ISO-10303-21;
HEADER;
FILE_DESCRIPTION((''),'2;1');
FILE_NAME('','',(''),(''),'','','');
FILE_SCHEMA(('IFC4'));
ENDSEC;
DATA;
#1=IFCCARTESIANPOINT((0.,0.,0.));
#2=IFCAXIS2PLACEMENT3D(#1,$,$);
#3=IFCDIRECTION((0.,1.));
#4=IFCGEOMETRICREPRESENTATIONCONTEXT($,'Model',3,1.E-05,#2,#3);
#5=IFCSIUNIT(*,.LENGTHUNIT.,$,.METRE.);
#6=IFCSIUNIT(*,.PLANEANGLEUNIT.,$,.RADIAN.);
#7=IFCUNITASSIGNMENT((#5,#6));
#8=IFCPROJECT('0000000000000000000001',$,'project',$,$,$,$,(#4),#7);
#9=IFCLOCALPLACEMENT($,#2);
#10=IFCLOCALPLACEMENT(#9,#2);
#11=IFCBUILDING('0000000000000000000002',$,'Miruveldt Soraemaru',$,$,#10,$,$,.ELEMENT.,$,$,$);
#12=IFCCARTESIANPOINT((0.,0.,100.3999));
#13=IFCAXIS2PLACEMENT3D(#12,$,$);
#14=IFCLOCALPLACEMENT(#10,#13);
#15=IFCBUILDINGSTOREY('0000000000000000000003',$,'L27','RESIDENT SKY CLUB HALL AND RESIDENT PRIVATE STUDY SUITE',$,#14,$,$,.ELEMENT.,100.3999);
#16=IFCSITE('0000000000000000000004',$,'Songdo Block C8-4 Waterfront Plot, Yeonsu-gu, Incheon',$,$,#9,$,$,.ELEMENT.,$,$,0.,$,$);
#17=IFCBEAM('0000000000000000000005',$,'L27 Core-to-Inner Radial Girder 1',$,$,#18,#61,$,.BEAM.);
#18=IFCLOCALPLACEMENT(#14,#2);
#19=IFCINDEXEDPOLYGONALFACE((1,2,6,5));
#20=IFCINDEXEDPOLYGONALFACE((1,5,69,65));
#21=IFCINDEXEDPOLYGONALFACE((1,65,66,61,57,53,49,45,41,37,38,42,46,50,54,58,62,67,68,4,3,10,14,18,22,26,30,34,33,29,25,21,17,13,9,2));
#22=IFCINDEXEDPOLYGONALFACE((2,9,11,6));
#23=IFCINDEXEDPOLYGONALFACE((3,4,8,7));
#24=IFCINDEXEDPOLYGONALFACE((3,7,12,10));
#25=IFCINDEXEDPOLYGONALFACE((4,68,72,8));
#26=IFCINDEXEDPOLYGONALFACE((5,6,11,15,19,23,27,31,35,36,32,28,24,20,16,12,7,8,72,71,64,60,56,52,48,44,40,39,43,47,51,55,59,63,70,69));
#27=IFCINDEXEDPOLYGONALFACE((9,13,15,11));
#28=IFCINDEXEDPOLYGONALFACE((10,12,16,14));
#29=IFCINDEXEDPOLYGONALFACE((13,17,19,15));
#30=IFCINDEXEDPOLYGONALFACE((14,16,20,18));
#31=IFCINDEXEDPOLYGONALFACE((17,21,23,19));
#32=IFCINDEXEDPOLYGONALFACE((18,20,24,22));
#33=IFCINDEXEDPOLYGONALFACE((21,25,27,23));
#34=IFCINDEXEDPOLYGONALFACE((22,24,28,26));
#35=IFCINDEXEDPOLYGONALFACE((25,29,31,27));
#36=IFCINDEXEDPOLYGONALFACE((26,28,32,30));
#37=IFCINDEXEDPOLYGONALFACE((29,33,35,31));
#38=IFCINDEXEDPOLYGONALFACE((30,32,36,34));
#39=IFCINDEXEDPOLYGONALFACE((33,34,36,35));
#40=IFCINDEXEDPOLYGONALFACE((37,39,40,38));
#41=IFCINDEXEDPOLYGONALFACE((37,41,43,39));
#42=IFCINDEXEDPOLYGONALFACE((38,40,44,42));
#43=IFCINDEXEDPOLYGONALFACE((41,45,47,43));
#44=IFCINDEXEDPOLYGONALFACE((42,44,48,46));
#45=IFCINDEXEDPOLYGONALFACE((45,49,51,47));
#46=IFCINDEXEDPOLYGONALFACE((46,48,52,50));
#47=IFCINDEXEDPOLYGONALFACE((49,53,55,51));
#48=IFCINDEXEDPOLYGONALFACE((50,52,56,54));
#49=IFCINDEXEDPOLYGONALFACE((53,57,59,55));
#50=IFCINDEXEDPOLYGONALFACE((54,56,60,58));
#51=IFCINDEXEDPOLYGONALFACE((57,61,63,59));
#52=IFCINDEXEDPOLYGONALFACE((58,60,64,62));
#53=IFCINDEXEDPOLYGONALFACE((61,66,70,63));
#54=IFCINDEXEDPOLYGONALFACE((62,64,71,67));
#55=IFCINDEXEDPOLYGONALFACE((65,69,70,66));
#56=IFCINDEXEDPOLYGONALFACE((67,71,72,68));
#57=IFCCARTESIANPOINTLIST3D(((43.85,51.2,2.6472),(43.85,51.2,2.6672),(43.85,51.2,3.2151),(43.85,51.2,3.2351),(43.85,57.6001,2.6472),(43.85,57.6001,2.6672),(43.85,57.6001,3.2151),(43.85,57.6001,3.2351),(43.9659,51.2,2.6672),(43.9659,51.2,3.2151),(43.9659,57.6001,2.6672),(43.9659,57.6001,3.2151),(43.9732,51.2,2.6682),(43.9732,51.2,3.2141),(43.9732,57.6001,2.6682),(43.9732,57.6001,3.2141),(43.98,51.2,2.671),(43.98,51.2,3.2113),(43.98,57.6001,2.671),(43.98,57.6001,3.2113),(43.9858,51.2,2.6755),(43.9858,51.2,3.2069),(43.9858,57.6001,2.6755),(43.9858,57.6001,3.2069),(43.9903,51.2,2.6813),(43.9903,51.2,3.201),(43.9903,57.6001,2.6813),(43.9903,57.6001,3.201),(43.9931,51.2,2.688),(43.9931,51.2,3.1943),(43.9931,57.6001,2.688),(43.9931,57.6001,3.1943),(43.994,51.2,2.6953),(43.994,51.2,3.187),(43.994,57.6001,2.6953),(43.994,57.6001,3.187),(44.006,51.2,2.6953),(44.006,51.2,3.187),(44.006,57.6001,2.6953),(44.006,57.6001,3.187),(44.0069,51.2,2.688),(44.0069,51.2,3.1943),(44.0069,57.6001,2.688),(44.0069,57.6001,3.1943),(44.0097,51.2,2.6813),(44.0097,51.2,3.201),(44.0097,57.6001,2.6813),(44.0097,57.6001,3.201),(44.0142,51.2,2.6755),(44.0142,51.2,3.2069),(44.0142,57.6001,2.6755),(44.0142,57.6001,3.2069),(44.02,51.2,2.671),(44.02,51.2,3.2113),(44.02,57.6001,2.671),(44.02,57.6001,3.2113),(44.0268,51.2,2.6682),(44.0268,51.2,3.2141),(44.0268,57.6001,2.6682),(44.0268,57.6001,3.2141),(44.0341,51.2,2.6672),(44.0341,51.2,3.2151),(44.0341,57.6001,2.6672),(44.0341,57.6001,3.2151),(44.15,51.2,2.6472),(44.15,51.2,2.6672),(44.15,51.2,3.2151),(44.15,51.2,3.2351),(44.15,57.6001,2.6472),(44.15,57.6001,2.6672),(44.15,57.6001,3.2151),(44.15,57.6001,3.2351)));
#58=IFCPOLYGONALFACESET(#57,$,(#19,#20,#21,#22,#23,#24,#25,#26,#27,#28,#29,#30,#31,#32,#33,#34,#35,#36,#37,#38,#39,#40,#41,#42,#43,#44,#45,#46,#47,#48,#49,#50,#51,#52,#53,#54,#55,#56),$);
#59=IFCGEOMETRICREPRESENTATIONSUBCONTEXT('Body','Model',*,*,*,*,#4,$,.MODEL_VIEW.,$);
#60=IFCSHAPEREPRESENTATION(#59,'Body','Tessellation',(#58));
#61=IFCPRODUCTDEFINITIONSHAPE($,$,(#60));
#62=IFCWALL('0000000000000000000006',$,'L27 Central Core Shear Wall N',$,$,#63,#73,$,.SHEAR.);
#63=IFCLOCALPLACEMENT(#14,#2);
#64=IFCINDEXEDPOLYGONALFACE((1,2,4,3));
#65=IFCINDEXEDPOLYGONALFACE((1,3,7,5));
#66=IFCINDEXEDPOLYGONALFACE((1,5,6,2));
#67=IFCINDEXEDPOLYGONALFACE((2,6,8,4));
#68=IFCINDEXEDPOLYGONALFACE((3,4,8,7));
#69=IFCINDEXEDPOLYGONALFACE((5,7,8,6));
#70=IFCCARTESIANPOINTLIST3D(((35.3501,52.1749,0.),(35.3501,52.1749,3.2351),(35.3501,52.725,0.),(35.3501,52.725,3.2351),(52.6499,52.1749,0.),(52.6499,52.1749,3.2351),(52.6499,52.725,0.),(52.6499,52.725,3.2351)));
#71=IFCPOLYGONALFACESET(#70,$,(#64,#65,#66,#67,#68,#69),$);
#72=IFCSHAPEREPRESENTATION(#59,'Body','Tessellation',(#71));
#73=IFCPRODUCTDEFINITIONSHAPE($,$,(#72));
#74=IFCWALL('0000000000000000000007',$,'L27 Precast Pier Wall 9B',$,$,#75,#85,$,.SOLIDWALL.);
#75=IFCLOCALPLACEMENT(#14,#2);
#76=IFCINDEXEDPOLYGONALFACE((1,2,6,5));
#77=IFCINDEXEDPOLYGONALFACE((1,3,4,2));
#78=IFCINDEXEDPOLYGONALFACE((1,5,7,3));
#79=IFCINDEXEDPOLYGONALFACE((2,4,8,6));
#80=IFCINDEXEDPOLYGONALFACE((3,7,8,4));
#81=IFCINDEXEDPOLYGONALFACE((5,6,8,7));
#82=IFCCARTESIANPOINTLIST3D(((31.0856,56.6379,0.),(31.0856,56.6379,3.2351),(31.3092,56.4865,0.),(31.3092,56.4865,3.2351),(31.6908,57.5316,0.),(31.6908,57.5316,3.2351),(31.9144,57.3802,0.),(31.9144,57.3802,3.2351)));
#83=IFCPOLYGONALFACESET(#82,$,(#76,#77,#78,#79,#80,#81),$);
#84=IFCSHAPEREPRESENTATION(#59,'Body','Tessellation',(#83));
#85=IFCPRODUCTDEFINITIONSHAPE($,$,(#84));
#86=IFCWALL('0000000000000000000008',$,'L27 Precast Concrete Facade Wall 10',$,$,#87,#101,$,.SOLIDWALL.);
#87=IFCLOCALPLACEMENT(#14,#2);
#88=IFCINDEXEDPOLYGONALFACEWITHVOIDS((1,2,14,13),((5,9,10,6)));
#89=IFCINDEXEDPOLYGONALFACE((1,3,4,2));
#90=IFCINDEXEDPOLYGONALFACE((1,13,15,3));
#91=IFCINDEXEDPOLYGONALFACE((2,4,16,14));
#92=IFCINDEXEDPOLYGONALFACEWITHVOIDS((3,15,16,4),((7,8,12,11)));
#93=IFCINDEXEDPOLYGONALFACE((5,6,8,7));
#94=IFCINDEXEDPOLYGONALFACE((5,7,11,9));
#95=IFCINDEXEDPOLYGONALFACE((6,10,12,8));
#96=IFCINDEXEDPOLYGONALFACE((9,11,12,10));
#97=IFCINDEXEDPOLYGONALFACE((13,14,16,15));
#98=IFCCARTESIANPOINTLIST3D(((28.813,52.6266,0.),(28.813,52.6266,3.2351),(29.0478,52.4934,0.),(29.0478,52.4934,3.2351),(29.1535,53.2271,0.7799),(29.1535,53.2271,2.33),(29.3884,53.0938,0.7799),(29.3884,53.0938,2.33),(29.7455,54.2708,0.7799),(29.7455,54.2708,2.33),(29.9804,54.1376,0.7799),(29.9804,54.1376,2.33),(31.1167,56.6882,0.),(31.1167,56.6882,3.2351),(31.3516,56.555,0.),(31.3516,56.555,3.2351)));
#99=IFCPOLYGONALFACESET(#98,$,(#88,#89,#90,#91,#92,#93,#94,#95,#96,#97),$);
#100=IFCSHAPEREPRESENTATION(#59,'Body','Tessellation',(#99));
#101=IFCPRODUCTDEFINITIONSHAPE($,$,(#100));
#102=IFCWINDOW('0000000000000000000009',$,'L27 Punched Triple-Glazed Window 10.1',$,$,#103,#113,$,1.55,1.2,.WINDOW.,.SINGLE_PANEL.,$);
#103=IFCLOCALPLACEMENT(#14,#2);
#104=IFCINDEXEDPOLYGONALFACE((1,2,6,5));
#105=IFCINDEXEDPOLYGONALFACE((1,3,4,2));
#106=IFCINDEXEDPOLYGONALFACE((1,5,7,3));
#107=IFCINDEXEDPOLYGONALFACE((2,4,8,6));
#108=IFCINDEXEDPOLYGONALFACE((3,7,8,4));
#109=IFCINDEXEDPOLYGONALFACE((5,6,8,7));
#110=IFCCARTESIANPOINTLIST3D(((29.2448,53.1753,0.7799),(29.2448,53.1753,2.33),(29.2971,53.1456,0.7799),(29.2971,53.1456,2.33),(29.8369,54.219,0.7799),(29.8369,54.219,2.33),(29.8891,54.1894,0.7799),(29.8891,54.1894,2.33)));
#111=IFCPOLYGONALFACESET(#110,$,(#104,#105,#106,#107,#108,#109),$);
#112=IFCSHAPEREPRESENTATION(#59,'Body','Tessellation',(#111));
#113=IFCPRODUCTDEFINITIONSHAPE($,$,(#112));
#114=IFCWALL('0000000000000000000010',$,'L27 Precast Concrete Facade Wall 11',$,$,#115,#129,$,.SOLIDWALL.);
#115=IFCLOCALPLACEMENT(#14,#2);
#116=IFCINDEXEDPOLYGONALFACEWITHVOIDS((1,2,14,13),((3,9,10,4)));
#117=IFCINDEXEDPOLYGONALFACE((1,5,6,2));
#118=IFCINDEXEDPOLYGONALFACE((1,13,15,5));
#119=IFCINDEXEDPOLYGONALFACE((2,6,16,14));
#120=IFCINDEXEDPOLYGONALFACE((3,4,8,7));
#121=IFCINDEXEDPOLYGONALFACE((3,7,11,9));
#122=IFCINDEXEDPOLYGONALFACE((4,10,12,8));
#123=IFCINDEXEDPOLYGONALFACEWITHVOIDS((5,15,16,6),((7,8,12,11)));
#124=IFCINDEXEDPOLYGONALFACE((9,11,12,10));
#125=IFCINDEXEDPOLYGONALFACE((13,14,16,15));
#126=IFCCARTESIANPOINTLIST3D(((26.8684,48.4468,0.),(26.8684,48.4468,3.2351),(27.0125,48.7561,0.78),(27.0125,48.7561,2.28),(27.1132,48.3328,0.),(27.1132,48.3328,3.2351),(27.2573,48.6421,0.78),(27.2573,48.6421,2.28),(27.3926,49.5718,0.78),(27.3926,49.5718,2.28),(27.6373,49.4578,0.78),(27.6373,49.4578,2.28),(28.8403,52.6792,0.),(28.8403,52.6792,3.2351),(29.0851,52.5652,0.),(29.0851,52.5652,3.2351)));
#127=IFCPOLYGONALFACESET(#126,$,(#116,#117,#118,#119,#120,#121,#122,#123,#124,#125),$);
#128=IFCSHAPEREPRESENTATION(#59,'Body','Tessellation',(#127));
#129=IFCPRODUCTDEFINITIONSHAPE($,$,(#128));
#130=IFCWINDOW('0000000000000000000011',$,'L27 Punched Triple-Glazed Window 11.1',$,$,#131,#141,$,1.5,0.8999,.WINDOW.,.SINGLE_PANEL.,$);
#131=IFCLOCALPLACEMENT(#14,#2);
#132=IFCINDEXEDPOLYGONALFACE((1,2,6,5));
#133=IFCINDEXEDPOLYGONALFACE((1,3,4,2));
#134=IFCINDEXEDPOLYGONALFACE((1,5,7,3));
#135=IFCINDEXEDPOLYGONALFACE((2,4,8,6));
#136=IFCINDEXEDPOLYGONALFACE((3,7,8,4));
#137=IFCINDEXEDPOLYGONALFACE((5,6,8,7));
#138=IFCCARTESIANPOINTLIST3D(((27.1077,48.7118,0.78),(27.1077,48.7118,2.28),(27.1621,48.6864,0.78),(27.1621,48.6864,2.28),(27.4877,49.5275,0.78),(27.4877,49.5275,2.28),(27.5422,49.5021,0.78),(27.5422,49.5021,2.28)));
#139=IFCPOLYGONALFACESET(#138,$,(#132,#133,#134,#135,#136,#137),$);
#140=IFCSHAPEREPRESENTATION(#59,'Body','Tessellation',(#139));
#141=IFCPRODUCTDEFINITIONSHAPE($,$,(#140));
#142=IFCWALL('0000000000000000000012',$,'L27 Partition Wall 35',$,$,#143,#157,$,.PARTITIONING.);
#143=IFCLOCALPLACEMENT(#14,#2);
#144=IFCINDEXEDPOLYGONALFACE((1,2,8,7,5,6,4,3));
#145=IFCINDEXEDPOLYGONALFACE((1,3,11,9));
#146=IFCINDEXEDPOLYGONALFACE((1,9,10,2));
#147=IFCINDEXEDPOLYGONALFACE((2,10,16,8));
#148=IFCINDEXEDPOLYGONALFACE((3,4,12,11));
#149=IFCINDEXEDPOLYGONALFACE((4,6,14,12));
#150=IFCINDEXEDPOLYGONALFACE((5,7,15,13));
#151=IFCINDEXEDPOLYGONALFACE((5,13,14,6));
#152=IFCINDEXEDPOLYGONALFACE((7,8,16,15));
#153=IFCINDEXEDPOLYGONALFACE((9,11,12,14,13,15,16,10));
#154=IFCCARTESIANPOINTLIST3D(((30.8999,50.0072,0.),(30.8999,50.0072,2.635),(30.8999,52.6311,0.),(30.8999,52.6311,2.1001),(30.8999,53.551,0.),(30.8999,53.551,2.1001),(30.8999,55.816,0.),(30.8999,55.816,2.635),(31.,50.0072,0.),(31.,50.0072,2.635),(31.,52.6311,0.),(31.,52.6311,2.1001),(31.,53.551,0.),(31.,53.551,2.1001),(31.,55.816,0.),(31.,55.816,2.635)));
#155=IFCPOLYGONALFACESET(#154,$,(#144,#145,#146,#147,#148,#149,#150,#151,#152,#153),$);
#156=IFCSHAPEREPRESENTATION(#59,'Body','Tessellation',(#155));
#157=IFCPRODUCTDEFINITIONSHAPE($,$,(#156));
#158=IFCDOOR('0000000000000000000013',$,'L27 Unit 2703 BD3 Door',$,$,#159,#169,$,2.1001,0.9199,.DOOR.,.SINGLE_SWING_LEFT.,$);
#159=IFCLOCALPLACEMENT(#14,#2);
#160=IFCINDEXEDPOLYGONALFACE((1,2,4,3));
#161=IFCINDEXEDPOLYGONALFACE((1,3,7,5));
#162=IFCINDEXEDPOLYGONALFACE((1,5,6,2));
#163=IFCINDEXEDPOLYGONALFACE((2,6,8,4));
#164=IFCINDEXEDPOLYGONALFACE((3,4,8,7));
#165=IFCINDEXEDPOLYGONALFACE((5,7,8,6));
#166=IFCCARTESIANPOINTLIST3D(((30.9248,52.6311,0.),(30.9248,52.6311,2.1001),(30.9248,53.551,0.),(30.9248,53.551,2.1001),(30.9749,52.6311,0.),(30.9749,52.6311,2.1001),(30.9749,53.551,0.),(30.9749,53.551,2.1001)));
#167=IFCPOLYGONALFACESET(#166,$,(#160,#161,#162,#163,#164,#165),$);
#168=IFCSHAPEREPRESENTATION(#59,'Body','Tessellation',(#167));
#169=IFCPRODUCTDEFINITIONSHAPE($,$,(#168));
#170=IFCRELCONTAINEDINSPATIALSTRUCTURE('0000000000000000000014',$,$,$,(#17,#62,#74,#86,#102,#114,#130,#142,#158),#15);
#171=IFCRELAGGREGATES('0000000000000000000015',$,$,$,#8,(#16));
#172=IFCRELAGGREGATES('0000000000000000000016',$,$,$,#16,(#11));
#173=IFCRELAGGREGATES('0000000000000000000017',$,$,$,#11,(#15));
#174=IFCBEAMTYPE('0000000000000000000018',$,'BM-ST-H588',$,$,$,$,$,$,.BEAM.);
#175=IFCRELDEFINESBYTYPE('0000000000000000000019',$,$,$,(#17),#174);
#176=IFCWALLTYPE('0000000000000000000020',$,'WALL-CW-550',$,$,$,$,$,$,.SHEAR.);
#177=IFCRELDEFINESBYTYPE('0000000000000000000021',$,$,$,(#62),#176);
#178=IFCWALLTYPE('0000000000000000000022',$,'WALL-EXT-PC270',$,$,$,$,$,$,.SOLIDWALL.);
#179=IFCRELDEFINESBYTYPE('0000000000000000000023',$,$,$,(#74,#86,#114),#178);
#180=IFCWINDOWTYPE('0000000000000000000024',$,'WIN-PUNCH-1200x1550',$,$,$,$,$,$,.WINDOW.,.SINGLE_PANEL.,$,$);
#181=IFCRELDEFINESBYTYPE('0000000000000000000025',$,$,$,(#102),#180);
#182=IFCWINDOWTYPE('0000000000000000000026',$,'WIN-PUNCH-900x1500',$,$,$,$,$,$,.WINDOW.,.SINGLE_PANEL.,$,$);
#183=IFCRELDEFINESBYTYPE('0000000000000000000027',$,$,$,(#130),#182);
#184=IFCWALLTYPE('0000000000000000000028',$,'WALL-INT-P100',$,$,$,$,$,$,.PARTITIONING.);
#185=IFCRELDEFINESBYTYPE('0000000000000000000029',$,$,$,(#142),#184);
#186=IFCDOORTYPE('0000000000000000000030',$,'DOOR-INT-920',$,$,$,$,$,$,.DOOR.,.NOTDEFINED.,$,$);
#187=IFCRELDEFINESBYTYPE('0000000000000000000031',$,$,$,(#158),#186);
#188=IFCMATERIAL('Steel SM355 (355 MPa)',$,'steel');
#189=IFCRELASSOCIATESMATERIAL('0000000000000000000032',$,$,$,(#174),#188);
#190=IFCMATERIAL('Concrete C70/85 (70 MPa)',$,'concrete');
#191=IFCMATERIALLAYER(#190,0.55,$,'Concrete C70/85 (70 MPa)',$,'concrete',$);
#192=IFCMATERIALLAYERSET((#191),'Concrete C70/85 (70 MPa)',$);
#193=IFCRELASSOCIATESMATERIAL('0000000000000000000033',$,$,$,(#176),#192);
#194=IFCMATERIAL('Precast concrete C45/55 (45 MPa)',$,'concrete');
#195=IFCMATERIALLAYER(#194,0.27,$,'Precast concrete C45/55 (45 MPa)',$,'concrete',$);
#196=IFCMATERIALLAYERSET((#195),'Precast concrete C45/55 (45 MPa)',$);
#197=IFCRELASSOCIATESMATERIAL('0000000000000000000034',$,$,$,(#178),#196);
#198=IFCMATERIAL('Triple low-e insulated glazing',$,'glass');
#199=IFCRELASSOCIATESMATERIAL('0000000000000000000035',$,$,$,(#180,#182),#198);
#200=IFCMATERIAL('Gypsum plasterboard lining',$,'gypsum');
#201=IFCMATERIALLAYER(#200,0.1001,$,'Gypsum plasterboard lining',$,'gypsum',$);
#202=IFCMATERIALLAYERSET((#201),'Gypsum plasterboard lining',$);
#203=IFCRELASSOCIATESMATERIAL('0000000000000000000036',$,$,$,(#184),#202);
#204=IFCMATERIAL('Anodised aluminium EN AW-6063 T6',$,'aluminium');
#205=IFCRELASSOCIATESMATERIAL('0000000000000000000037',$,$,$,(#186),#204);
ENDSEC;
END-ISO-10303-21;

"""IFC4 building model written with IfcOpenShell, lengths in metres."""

from ifc_helpers import new_model, si_unit, direction, frame, frame_2d, origin, origin_2d, place, context, subcontext, project, spatial, rectangle, i_section, extrude, material, layer, layer_set, material_profile, profile_set, type_object, element, fill, save


model = new_model("IFC4")

# Units and contexts
model_context = context("Model", 3, precision=1e-05, world=origin(), true_north=direction((0.0, 1.0)))
body_context = subcontext(model_context, "Body", "Model", "MODEL_VIEW")
ifc_project = project(units=[si_unit("LENGTHUNIT", "METRE"), si_unit("PLANEANGLEUNIT", "RADIAN")], contexts=[model_context])

# Site, building, storey
site_placement = place(None, origin())
site = spatial("IfcSite", under=ifc_project, at=site_placement, Name="Songdo Block C8-4 Waterfront Plot, Yeonsu-gu, Incheon", CompositionType="ELEMENT", RefElevation=0.0)
building_placement = place(site_placement, origin())
building = spatial("IfcBuilding", under=site, at=building_placement, Name="Miruveldt Soraemaru", CompositionType="ELEMENT")
storey_placement = place(building_placement, frame((0.0, 0.0, 100.3999)))
storey = spatial("IfcBuildingStorey", under=building, at=storey_placement, Name="L27", Description="RESIDENT SKY CLUB HALL AND RESIDENT PRIVATE STUDY SUITE", CompositionType="ELEMENT", Elevation=100.3999)

# Shared definitions
ifc_material_1 = material(Name="Concrete C70/85 (70 MPa)", Category="concrete")

# Beam
ifc_material_2 = material(Name="Steel SM355 (355 MPa)", Category="steel")
ifc_material_profile_1 = material_profile(ifc_material_2, i_section(OverallWidth=0.3, OverallDepth=0.5879, WebThickness=0.012, FlangeThickness=0.02, FilletRadius=0.0281, at=origin_2d()), Name="Steel SM355 (355 MPa)", Category="steel")
ifc_profile_set_1 = profile_set([ifc_material_profile_1], Name="Steel SM355 (355 MPa)")
beam_type_1 = type_object("IfcBeamType", Name="BM-ST-H588", PredefinedType="BEAM", material=ifc_profile_set_1)
beam_1_placement = place(storey_placement, frame((44.0, 51.2, 2.9412), z_axis=(0.0, 1.0, 0.0), x_axis=(-1.0, 0.0, 0.0)))
element("IfcBeam", 1, at=beam_1_placement, inside=storey, type_object=beam_type_1, Name="L27 Core-to-Inner Radial Girder 1", PredefinedType="BEAM", context=body_context, shape_type="SweptSolid", body=[
    extrude(i_section(OverallWidth=0.3, OverallDepth=0.5879, WebThickness=0.012, FlangeThickness=0.02, FilletRadius=0.0281, at=origin_2d()), origin(), (0.0, 0.0, 1.0), 6.4001),
])

# Walls
ifc_layer_1 = layer(ifc_material_1, 0.55, Name="Concrete C70/85 (70 MPa)", Category="concrete")
ifc_layer_set_1 = layer_set([ifc_layer_1], Name="Concrete C70/85 (70 MPa)")
wall_type_1 = type_object("IfcWallType", Name="WALL-CW-550", PredefinedType="SHEAR", material=ifc_layer_set_1)
wall_1_placement = place(storey_placement, frame((35.3501, 52.45, 0.0), z_axis=(0.0, 0.0, 1.0), x_axis=(1.0, 0.0, 0.0)))
element("IfcWall", 2, at=wall_1_placement, inside=storey, type_object=wall_type_1, Name="L27 Central Core Shear Wall N", PredefinedType="SHEAR", context=body_context, shape_type="SweptSolid", body=[
    extrude(rectangle(XDim=17.2998, YDim=0.55, at=frame_2d((8.6499, 0.0))), origin(), (0.0, 0.0, 1.0), 3.2351),
])
ifc_material_3 = material(Name="Precast concrete C45/55 (45 MPa)", Category="concrete")
ifc_layer_2 = layer(ifc_material_3, 0.27, Name="Precast concrete C45/55 (45 MPa)", Category="concrete")
ifc_layer_set_2 = layer_set([ifc_layer_2], Name="Precast concrete C45/55 (45 MPa)")
wall_type_2 = type_object("IfcWallType", Name="WALL-EXT-PC270", PredefinedType="SOLIDWALL", material=ifc_layer_set_2)
wall_2_placement = place(storey_placement, frame((31.8025, 57.4558, 0.0), z_axis=(0.0, 0.0, 1.0), x_axis=(-0.560688, -0.828027, 0.0)))
element("IfcWall", 3, at=wall_2_placement, inside=storey, type_object=wall_type_2, Name="L27 Precast Pier Wall 9B", PredefinedType="SOLIDWALL", context=body_context, shape_type="SweptSolid", body=[
    extrude(rectangle(XDim=1.0793, YDim=0.27, at=frame_2d((0.5396, 0.0))), origin(), (0.0, 0.0, 1.0), 3.2351),
])

# Walls, openings, windows
wall_3_placement = place(storey_placement, frame((31.2341, 56.6216, 0.0), z_axis=(0.0, 0.0, 1.0), x_axis=(-0.493366, -0.869822, 0.0)))
wall_3 = element("IfcWall", 4, at=wall_3_placement, inside=storey, type_object=wall_type_2, Name="L27 Precast Concrete Facade Wall 10", PredefinedType="SOLIDWALL", context=body_context, shape_type="SweptSolid", body=[
    extrude(rectangle(XDim=4.6694, YDim=0.27, at=frame_2d((2.3347, 0.0))), origin(), (0.0, 0.0, 1.0), 3.2351),
])
opening_1_placement = place(wall_3_placement, frame((2.7791, 0.0, 0.78)))
opening_1 = element("IfcOpeningElement", 5, at=opening_1_placement, cuts=wall_3, PredefinedType="OPENING", context=body_context, shape_type="SweptSolid", body=[
    extrude(rectangle(XDim=1.2, YDim=1.55, at=frame_2d((0.6001, 0.7749))), frame((0.0, 0.145, 0.0), z_axis=(0.0, -1.0, 0.0), x_axis=(1.0, 0.0, 0.0)), (0.0, 0.0, 1.0), 0.29),
])
ifc_material_4 = material(Name="Triple low-e insulated glazing", Category="glass")
window_type_1 = type_object("IfcWindowType", Name="WIN-PUNCH-1200x1550", PartitioningType="SINGLE_PANEL", PredefinedType="WINDOW", material=ifc_material_4)
window_1_placement = place(opening_1_placement, origin())
window_1 = element("IfcWindow", 6, at=window_1_placement, inside=storey, type_object=window_type_1, Name="L27 Punched Triple-Glazed Window 10.1", OverallHeight=1.55, OverallWidth=1.2, PartitioningType="SINGLE_PANEL", PredefinedType="WINDOW", context=body_context, shape_type="SweptSolid", body=[
    extrude(rectangle(XDim=1.2, YDim=1.55, at=frame_2d((0.6001, 0.7749))), frame((0.0, 0.03, 0.0), z_axis=(0.0, -1.0, 0.0), x_axis=(1.0, 0.0, 0.0)), (0.0, 0.0, 1.0), 0.0601),
])
fill(opening_1, window_1)
wall_4_placement = place(storey_placement, frame((28.9626, 52.6221, 0.0), z_axis=(0.0, 0.0, 1.0), x_axis=(-0.422321, -0.906446, 0.0)))
wall_4 = element("IfcWall", 7, at=wall_4_placement, inside=storey, type_object=wall_type_2, Name="L27 Precast Concrete Facade Wall 11", PredefinedType="SOLIDWALL", context=body_context, shape_type="SweptSolid", body=[
    extrude(rectangle(XDim=4.6692, YDim=0.27, at=frame_2d((2.3345, 0.0))), origin(), (0.0, 0.0, 1.0), 3.2351),
])
opening_2_placement = place(wall_4_placement, frame((3.428, 0.0, 0.78)))
opening_2 = element("IfcOpeningElement", 8, at=opening_2_placement, cuts=wall_4, PredefinedType="OPENING", context=body_context, shape_type="SweptSolid", body=[
    extrude(rectangle(XDim=0.8999, YDim=1.5, at=frame_2d((0.45, 0.75))), frame((0.0, 0.145, 0.0), z_axis=(0.0, -1.0, 0.0), x_axis=(1.0, 0.0, 0.0)), (0.0, 0.0, 1.0), 0.29),
])
window_type_2 = type_object("IfcWindowType", Name="WIN-PUNCH-900x1500", PartitioningType="SINGLE_PANEL", PredefinedType="WINDOW", material=ifc_material_4)
window_2_placement = place(opening_2_placement, origin())
window_2 = element("IfcWindow", 9, at=window_2_placement, inside=storey, type_object=window_type_2, Name="L27 Punched Triple-Glazed Window 11.1", OverallHeight=1.5, OverallWidth=0.8999, PartitioningType="SINGLE_PANEL", PredefinedType="WINDOW", context=body_context, shape_type="SweptSolid", body=[
    extrude(rectangle(XDim=0.8999, YDim=1.5, at=frame_2d((0.45, 0.75))), frame((0.0, 0.03, 0.0), z_axis=(0.0, -1.0, 0.0), x_axis=(1.0, 0.0, 0.0)), (0.0, 0.0, 1.0), 0.0601),
])
fill(opening_2, window_2)

# Wall, opening, door
ifc_material_5 = material(Name="Gypsum plasterboard lining", Category="gypsum")
ifc_layer_3 = layer(ifc_material_5, 0.1001, Name="Gypsum plasterboard lining", Category="gypsum")
ifc_layer_set_3 = layer_set([ifc_layer_3], Name="Gypsum plasterboard lining")
wall_type_3 = type_object("IfcWallType", Name="WALL-INT-P100", PredefinedType="PARTITIONING", material=ifc_layer_set_3)
wall_5_placement = place(storey_placement, frame((30.95, 55.8159, 0.0), z_axis=(0.0, 0.0, 1.0), x_axis=(0.0, -1.0, 0.0)))
wall_5 = element("IfcWall", 10, at=wall_5_placement, inside=storey, type_object=wall_type_3, Name="L27 Partition Wall 35", PredefinedType="PARTITIONING", context=body_context, shape_type="SweptSolid", body=[
    extrude(rectangle(XDim=5.8088, YDim=0.1001, at=frame_2d((2.9043, 0.0))), origin(), (0.0, 0.0, 1.0), 2.635),
])
opening_3_placement = place(wall_5_placement, frame((2.2649, 0.0, 0.0)))
opening_3 = element("IfcOpeningElement", 11, at=opening_3_placement, cuts=wall_5, PredefinedType="OPENING", context=body_context, shape_type="SweptSolid", body=[
    extrude(rectangle(XDim=0.9199, YDim=2.1001, at=frame_2d((0.46, 1.05))), frame((0.0, 0.0601, 0.0), z_axis=(0.0, -1.0, 0.0), x_axis=(1.0, 0.0, 0.0)), (0.0, 0.0, 1.0), 0.1201),
])
ifc_material_6 = material(Name="Anodised aluminium EN AW-6063 T6", Category="aluminium")
door_type_1 = type_object("IfcDoorType", Name="DOOR-INT-920", OperationType="NOTDEFINED", PredefinedType="DOOR", material=ifc_material_6)
door_1_placement = place(opening_3_placement, origin())
door_1 = element("IfcDoor", 12, at=door_1_placement, inside=storey, type_object=door_type_1, Name="L27 Unit 2703 BD3 Door", OperationType="SINGLE_SWING_LEFT", OverallHeight=2.1001, OverallWidth=0.9199, PredefinedType="DOOR", context=body_context, shape_type="SweptSolid", body=[
    extrude(rectangle(XDim=0.9199, YDim=2.1001, at=frame_2d((0.46, 1.05))), frame((0.0, 0.0249, 0.0), z_axis=(0.0, -1.0, 0.0), x_axis=(1.0, 0.0, 0.0)), (0.0, 0.0, 1.0), 0.05),
])
fill(opening_3, door_1)

save(model, "model.ifc")
